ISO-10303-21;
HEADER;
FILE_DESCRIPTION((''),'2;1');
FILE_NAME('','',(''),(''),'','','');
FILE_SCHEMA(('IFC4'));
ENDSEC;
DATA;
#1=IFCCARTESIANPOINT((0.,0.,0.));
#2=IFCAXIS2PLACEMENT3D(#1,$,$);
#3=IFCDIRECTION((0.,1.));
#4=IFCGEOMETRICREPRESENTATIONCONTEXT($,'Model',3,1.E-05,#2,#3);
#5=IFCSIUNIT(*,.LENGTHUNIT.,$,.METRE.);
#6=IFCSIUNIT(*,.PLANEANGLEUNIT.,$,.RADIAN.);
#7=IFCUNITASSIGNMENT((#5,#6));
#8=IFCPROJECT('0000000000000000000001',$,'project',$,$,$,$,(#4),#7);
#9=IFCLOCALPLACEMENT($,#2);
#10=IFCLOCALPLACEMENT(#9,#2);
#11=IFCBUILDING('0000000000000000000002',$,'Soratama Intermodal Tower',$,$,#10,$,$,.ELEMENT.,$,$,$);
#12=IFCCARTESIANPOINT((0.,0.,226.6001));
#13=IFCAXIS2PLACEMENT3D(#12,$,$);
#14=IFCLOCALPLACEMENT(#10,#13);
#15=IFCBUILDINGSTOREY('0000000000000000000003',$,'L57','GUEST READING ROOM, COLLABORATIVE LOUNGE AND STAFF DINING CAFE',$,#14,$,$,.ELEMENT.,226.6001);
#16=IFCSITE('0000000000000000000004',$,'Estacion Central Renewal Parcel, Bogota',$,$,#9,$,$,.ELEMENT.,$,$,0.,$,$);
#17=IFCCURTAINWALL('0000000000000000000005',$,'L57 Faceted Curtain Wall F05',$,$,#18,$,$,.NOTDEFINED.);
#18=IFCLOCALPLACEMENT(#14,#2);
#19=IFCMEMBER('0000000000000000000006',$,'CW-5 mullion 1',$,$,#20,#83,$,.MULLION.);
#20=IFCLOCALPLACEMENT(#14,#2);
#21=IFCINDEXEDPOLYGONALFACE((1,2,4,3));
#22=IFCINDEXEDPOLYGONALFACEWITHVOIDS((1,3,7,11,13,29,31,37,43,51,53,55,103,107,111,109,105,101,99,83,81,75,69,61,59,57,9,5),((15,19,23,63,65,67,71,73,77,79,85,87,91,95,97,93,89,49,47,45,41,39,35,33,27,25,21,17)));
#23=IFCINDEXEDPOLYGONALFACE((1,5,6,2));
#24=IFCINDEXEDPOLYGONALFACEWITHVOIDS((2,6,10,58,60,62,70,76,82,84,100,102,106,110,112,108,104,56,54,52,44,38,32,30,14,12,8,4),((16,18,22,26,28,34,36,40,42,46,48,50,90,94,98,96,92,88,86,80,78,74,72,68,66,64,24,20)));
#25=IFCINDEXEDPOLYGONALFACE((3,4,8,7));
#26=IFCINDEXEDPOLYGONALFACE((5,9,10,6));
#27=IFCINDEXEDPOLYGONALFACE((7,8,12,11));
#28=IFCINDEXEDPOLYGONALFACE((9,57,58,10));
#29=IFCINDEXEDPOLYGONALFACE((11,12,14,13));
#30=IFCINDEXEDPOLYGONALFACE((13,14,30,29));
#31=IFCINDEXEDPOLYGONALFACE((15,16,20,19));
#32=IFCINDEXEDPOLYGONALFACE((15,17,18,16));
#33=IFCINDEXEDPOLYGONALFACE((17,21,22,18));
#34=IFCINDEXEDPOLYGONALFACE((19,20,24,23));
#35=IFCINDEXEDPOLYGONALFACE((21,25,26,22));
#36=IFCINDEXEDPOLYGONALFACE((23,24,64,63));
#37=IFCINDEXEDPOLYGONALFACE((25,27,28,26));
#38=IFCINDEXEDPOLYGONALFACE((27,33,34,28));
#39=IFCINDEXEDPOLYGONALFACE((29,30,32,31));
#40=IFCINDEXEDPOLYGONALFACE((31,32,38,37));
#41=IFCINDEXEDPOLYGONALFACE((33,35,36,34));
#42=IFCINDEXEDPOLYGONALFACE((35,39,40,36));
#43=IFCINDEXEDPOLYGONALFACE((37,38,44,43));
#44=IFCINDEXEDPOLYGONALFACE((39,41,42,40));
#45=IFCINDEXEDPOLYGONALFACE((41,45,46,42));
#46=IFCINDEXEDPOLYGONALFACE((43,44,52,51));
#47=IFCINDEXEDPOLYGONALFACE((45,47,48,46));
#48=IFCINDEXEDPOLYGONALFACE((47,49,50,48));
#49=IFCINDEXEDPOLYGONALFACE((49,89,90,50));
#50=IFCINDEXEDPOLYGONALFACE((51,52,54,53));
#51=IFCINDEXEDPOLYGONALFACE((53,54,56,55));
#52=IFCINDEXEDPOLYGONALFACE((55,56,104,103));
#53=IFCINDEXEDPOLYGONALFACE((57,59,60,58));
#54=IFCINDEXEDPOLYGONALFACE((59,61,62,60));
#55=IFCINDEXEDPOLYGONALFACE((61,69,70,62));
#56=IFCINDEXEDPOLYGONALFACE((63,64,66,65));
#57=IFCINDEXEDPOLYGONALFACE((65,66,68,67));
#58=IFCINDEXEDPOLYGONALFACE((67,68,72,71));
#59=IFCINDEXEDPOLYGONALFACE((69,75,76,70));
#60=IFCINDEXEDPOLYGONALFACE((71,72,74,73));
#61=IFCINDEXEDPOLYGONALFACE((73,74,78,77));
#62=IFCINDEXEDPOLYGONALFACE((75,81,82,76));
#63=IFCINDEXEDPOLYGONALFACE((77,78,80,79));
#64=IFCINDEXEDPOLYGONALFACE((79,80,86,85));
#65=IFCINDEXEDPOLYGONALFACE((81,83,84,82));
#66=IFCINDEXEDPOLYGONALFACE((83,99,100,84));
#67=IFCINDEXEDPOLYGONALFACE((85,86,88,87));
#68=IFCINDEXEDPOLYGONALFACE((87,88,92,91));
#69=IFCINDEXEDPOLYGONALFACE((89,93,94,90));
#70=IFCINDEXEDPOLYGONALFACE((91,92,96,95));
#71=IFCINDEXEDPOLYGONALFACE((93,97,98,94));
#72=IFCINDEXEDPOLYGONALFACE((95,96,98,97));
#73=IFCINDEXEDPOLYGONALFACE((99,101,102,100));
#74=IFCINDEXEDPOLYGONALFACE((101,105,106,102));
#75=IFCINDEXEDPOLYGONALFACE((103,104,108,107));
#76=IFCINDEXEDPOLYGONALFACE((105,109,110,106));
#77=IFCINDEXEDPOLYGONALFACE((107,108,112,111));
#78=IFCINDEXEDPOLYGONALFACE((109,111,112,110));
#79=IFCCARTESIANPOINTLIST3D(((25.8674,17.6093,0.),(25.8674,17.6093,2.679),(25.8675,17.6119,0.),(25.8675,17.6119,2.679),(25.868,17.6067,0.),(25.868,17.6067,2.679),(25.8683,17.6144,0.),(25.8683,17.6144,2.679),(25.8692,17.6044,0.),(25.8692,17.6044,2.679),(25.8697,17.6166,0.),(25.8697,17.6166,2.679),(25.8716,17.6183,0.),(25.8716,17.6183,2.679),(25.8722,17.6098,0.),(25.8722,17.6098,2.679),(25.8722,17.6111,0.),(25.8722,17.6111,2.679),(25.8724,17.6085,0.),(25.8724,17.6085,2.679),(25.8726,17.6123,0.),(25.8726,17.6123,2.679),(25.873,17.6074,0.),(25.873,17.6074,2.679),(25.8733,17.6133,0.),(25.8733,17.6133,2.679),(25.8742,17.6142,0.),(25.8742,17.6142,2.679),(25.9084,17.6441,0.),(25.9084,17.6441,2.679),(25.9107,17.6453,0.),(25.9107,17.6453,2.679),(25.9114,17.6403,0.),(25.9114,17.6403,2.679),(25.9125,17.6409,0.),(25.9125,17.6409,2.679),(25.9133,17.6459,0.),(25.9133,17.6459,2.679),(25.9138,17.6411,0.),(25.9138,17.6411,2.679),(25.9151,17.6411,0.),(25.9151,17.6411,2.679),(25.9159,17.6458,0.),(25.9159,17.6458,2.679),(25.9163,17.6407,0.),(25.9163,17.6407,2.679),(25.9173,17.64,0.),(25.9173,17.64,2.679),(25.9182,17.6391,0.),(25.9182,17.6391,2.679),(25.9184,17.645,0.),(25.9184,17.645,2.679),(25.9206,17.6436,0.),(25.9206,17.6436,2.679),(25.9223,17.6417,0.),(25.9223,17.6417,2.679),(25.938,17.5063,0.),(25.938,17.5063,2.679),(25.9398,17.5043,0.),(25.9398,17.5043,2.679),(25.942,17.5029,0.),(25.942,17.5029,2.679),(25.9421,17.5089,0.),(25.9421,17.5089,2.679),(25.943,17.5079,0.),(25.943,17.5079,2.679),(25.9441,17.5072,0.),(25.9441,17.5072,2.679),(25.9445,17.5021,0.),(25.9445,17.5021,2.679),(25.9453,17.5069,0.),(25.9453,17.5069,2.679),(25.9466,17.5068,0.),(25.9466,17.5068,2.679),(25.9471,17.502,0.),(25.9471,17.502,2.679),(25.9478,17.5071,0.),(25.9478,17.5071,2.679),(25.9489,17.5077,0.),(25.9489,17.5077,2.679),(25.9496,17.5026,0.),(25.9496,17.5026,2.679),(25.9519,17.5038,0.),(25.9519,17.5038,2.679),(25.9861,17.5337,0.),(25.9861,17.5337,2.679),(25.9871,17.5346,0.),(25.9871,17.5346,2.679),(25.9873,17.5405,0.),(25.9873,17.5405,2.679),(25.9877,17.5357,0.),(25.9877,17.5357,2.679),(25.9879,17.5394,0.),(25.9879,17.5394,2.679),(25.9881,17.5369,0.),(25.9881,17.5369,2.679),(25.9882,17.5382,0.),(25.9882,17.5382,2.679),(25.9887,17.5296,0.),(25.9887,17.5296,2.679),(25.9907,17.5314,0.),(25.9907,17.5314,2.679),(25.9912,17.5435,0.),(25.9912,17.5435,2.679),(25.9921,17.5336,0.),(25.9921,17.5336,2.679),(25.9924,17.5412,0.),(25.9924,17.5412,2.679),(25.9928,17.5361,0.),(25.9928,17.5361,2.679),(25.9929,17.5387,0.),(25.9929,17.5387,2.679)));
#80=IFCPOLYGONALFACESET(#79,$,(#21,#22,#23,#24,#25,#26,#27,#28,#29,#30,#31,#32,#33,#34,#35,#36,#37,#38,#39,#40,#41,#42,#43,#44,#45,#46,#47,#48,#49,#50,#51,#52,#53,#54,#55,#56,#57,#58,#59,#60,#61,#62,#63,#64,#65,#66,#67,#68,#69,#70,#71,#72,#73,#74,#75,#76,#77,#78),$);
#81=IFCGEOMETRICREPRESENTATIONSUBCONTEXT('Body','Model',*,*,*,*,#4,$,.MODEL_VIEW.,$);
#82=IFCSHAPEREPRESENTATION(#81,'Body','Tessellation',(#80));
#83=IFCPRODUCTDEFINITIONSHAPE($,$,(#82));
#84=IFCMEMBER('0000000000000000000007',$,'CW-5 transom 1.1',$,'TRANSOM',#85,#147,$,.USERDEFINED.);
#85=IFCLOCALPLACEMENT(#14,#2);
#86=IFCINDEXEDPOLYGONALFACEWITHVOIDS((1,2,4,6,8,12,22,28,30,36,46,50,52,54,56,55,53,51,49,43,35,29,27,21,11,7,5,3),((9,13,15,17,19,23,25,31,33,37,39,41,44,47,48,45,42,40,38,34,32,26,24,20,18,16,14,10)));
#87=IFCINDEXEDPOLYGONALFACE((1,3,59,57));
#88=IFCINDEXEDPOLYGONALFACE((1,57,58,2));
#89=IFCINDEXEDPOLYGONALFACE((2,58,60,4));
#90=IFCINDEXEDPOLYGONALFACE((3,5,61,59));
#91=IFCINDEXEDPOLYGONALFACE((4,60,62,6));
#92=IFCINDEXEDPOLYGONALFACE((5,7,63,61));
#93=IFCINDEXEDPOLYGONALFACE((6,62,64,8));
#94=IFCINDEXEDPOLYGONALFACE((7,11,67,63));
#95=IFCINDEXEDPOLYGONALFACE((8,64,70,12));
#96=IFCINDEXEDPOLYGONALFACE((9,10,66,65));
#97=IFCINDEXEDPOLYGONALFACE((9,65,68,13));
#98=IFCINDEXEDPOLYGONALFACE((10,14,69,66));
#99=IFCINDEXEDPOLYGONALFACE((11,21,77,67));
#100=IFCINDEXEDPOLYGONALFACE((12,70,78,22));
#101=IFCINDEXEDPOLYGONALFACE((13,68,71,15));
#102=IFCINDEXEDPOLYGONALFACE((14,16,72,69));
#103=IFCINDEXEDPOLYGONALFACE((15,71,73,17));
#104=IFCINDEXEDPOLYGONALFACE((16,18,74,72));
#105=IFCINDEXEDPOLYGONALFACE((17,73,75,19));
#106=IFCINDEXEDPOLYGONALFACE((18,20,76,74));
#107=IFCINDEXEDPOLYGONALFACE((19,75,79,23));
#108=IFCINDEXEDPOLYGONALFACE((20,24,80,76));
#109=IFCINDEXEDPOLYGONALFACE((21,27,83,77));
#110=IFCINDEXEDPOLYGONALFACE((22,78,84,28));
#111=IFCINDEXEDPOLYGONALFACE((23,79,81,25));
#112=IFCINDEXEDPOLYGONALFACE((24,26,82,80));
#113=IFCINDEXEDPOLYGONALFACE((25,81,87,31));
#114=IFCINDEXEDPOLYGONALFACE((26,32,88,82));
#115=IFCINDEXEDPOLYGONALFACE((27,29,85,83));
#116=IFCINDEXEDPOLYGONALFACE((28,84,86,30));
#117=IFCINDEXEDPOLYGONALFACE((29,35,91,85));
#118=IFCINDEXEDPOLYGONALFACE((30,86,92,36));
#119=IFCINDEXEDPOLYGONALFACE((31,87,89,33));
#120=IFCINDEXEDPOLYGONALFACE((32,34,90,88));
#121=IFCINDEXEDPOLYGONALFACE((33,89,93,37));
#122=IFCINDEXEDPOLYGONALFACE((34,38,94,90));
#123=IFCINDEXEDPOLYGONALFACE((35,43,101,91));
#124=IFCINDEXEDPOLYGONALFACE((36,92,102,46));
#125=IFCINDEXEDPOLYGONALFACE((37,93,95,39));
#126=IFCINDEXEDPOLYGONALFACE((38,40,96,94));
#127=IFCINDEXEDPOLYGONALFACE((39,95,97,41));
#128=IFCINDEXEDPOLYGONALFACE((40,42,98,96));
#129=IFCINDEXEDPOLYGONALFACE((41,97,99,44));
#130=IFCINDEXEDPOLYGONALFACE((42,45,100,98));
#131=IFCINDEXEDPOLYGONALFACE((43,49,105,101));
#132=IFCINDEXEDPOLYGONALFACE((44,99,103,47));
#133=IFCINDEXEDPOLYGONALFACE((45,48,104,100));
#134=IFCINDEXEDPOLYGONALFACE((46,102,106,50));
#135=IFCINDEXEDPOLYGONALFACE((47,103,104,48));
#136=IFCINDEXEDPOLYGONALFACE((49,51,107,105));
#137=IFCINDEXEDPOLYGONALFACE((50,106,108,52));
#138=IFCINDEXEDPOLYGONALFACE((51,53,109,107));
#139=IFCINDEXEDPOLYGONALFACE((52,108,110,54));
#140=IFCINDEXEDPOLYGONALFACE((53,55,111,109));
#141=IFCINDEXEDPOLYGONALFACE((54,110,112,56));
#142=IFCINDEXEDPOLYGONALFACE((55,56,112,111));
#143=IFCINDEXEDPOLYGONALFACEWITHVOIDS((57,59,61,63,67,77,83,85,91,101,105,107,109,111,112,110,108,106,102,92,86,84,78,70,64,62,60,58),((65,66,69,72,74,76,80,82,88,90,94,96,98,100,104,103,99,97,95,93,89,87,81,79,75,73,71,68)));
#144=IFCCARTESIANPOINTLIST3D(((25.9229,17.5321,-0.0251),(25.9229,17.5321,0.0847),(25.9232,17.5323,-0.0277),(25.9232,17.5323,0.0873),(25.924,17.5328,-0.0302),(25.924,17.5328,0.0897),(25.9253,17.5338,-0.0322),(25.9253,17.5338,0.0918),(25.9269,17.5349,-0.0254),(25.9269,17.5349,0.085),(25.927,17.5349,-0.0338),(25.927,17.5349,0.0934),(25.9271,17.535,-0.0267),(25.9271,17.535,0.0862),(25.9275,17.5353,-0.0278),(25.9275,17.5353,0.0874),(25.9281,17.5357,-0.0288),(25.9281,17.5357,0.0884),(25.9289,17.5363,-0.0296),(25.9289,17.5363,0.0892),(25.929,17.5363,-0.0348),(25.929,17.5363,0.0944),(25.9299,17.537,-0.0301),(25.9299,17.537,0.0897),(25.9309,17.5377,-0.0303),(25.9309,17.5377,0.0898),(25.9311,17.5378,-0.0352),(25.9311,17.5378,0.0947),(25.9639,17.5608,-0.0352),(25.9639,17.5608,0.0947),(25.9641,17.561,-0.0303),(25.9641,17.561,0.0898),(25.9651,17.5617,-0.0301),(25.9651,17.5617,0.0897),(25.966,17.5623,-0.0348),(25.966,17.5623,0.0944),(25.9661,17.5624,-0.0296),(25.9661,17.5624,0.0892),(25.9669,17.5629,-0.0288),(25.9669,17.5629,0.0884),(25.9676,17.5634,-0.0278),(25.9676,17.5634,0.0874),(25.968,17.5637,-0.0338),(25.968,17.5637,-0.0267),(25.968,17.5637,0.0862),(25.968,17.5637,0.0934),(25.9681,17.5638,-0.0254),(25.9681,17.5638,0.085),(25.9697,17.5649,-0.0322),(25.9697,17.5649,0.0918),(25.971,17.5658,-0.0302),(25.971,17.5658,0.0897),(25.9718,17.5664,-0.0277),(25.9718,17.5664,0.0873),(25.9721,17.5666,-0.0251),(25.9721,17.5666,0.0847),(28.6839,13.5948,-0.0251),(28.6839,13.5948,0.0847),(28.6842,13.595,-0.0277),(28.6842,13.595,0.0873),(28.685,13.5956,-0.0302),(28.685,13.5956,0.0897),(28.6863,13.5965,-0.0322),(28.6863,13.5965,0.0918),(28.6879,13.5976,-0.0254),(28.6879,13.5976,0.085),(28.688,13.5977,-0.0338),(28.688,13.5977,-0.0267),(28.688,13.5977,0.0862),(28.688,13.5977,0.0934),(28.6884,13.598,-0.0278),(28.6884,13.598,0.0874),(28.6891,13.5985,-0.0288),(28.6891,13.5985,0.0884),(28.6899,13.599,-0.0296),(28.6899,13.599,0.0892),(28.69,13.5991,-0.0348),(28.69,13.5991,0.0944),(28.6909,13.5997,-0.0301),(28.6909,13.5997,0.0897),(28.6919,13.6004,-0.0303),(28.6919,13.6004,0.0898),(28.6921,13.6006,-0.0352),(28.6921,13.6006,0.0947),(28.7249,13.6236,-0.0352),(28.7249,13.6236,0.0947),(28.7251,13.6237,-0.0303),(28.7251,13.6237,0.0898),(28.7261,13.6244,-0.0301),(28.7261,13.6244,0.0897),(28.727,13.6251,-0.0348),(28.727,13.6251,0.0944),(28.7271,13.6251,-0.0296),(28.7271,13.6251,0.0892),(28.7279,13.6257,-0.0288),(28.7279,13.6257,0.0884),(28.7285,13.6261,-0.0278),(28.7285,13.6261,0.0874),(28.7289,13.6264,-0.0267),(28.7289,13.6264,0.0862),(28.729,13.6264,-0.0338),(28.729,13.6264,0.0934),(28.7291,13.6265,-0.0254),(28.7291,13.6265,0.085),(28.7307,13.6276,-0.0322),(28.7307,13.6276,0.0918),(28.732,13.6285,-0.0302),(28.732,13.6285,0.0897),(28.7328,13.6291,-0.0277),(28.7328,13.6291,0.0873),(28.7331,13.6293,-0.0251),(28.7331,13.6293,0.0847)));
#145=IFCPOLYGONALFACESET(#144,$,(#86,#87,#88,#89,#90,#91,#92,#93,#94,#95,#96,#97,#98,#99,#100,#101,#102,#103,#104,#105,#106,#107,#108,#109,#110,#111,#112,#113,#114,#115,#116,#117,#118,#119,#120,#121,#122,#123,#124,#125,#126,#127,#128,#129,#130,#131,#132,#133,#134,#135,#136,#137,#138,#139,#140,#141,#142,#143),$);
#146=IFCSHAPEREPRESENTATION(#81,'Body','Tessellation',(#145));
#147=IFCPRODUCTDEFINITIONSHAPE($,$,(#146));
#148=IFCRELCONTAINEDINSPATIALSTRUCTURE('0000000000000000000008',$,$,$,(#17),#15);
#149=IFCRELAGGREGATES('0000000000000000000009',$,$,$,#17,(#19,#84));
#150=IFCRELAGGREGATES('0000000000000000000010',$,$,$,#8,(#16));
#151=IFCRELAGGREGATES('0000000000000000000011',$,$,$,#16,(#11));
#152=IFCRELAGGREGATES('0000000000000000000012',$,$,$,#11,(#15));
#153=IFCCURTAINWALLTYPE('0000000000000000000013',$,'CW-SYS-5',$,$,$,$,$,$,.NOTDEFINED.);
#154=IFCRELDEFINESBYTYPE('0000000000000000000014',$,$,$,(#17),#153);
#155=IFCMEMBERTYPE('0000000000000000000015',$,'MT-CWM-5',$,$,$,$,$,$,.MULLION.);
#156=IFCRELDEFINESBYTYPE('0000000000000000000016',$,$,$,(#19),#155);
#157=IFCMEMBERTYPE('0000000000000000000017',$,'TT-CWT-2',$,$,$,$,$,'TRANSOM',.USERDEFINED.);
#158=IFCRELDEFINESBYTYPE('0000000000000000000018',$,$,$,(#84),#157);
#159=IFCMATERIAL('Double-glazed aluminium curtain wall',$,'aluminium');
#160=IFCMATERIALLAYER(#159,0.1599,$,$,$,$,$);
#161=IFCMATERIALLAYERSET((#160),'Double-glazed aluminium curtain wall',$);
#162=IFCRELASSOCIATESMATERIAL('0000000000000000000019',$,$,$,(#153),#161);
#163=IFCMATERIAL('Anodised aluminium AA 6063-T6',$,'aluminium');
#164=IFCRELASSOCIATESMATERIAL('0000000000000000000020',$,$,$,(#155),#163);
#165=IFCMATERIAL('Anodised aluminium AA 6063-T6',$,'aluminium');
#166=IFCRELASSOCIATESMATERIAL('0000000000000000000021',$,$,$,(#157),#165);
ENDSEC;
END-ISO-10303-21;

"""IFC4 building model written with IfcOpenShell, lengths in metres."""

from ifc_helpers import new_model, si_unit, direction, frame, origin, origin_2d, place, context, subcontext, project, spatial, hollow_rectangle, extrude, material, layer, layer_set, material_profile, profile_set, type_object, element, aggregate, save


model = new_model("IFC4")

# Units and contexts
model_context = context("Model", 3, precision=1e-05, world=origin(), true_north=direction((0.0, 1.0)))
body_context = subcontext(model_context, "Body", "Model", "MODEL_VIEW")
ifc_project = project(units=[si_unit("LENGTHUNIT", "METRE"), si_unit("PLANEANGLEUNIT", "RADIAN")], contexts=[model_context])

# Site, building, storey
site_placement = place(None, origin())
site = spatial("IfcSite", under=ifc_project, at=site_placement, Name="Estacion Central Renewal Parcel, Bogota", CompositionType="ELEMENT", RefElevation=0.0)
building_placement = place(site_placement, origin())
building = spatial("IfcBuilding", under=site, at=building_placement, Name="Soratama Intermodal Tower", CompositionType="ELEMENT")
storey_placement = place(building_placement, frame((0.0, 0.0, 226.6001)))
storey = spatial("IfcBuildingStorey", under=building, at=storey_placement, Name="L57", Description="GUEST READING ROOM, COLLABORATIVE LOUNGE AND STAFF DINING CAFE", CompositionType="ELEMENT", Elevation=226.6001)

# Curtain wall, members
ifc_material_1 = material(Name="Double-glazed aluminium curtain wall", Category="aluminium")
ifc_layer_1 = layer(ifc_material_1, 0.1599)
ifc_layer_set_1 = layer_set([ifc_layer_1], Name="Double-glazed aluminium curtain wall")
curtain_wall_type = type_object("IfcCurtainWallType", Name="CW-SYS-5", PredefinedType="NOTDEFINED", material=ifc_layer_set_1)
curtain_wall_placement = place(storey_placement, origin())
curtain_wall = element("IfcCurtainWall", 1, at=curtain_wall_placement, inside=storey, type_object=curtain_wall_type, Name="L57 Faceted Curtain Wall F05", PredefinedType="NOTDEFINED")
ifc_material_2 = material(Name="Anodised aluminium AA 6063-T6", Category="aluminium")
ifc_material_profile_1 = material_profile(ifc_material_2, hollow_rectangle(XDim=0.0649, YDim=0.1399, WallThickness=0.0049, InnerFilletRadius=0.0049, OuterFilletRadius=0.01, at=origin_2d()), Name="CWM140X65X5")
ifc_profile_set_1 = profile_set([ifc_material_profile_1], Name="Anodised aluminium AA 6063-T6")
member_type_1 = type_object("IfcMemberType", Name="MT-CWM-5", PredefinedType="MULLION", material=ifc_profile_set_1)
member_1_placement = place(storey_placement, frame((25.9302, 17.574, 0.0), z_axis=(0.0, 0.0, 1.0), x_axis=(0.81875, 0.57415, 0.0)))
member_1 = element("IfcMember", 2, at=member_1_placement, type_object=member_type_1, Name="CW-5 mullion 1", PredefinedType="MULLION", context=body_context, shape_type="SweptSolid", body=[
    extrude(hollow_rectangle(XDim=0.0649, YDim=0.1399, WallThickness=0.0049, InnerFilletRadius=0.0049, OuterFilletRadius=0.01, at=origin_2d()), origin(), (0.0, 0.0, 1.0), 2.679),
])
ifc_material_3 = material(Name="Anodised aluminium AA 6063-T6", Category="aluminium")
ifc_material_profile_2 = material_profile(ifc_material_3, hollow_rectangle(XDim=0.0601, YDim=0.1299, WallThickness=0.0049, InnerFilletRadius=0.0049, OuterFilletRadius=0.01, at=origin_2d()), Name="CWT130X60X5")
ifc_profile_set_2 = profile_set([ifc_material_profile_2], Name="Anodised aluminium AA 6063-T6")
member_type_2 = type_object("IfcMemberType", Name="TT-CWT-2", ElementType="TRANSOM", PredefinedType="USERDEFINED", material=ifc_profile_set_2)
member_2_placement = place(storey_placement, frame((25.9475, 17.5493, 0.0298), z_axis=(0.574147, -0.818752, 0.0), x_axis=(0.818752, 0.574147, 0.0)))
member_2 = element("IfcMember", 3, at=member_2_placement, type_object=member_type_2, Name="CW-5 transom 1.1", ObjectType="TRANSOM", PredefinedType="USERDEFINED", context=body_context, shape_type="SweptSolid", body=[
    extrude(hollow_rectangle(XDim=0.0601, YDim=0.1299, WallThickness=0.0049, InnerFilletRadius=0.0049, OuterFilletRadius=0.01, at=origin_2d()), origin(), (0.0, 0.0, 1.0), 4.8088),
])
aggregate(curtain_wall, [member_1, member_2])

save(model, "model.ifc")
